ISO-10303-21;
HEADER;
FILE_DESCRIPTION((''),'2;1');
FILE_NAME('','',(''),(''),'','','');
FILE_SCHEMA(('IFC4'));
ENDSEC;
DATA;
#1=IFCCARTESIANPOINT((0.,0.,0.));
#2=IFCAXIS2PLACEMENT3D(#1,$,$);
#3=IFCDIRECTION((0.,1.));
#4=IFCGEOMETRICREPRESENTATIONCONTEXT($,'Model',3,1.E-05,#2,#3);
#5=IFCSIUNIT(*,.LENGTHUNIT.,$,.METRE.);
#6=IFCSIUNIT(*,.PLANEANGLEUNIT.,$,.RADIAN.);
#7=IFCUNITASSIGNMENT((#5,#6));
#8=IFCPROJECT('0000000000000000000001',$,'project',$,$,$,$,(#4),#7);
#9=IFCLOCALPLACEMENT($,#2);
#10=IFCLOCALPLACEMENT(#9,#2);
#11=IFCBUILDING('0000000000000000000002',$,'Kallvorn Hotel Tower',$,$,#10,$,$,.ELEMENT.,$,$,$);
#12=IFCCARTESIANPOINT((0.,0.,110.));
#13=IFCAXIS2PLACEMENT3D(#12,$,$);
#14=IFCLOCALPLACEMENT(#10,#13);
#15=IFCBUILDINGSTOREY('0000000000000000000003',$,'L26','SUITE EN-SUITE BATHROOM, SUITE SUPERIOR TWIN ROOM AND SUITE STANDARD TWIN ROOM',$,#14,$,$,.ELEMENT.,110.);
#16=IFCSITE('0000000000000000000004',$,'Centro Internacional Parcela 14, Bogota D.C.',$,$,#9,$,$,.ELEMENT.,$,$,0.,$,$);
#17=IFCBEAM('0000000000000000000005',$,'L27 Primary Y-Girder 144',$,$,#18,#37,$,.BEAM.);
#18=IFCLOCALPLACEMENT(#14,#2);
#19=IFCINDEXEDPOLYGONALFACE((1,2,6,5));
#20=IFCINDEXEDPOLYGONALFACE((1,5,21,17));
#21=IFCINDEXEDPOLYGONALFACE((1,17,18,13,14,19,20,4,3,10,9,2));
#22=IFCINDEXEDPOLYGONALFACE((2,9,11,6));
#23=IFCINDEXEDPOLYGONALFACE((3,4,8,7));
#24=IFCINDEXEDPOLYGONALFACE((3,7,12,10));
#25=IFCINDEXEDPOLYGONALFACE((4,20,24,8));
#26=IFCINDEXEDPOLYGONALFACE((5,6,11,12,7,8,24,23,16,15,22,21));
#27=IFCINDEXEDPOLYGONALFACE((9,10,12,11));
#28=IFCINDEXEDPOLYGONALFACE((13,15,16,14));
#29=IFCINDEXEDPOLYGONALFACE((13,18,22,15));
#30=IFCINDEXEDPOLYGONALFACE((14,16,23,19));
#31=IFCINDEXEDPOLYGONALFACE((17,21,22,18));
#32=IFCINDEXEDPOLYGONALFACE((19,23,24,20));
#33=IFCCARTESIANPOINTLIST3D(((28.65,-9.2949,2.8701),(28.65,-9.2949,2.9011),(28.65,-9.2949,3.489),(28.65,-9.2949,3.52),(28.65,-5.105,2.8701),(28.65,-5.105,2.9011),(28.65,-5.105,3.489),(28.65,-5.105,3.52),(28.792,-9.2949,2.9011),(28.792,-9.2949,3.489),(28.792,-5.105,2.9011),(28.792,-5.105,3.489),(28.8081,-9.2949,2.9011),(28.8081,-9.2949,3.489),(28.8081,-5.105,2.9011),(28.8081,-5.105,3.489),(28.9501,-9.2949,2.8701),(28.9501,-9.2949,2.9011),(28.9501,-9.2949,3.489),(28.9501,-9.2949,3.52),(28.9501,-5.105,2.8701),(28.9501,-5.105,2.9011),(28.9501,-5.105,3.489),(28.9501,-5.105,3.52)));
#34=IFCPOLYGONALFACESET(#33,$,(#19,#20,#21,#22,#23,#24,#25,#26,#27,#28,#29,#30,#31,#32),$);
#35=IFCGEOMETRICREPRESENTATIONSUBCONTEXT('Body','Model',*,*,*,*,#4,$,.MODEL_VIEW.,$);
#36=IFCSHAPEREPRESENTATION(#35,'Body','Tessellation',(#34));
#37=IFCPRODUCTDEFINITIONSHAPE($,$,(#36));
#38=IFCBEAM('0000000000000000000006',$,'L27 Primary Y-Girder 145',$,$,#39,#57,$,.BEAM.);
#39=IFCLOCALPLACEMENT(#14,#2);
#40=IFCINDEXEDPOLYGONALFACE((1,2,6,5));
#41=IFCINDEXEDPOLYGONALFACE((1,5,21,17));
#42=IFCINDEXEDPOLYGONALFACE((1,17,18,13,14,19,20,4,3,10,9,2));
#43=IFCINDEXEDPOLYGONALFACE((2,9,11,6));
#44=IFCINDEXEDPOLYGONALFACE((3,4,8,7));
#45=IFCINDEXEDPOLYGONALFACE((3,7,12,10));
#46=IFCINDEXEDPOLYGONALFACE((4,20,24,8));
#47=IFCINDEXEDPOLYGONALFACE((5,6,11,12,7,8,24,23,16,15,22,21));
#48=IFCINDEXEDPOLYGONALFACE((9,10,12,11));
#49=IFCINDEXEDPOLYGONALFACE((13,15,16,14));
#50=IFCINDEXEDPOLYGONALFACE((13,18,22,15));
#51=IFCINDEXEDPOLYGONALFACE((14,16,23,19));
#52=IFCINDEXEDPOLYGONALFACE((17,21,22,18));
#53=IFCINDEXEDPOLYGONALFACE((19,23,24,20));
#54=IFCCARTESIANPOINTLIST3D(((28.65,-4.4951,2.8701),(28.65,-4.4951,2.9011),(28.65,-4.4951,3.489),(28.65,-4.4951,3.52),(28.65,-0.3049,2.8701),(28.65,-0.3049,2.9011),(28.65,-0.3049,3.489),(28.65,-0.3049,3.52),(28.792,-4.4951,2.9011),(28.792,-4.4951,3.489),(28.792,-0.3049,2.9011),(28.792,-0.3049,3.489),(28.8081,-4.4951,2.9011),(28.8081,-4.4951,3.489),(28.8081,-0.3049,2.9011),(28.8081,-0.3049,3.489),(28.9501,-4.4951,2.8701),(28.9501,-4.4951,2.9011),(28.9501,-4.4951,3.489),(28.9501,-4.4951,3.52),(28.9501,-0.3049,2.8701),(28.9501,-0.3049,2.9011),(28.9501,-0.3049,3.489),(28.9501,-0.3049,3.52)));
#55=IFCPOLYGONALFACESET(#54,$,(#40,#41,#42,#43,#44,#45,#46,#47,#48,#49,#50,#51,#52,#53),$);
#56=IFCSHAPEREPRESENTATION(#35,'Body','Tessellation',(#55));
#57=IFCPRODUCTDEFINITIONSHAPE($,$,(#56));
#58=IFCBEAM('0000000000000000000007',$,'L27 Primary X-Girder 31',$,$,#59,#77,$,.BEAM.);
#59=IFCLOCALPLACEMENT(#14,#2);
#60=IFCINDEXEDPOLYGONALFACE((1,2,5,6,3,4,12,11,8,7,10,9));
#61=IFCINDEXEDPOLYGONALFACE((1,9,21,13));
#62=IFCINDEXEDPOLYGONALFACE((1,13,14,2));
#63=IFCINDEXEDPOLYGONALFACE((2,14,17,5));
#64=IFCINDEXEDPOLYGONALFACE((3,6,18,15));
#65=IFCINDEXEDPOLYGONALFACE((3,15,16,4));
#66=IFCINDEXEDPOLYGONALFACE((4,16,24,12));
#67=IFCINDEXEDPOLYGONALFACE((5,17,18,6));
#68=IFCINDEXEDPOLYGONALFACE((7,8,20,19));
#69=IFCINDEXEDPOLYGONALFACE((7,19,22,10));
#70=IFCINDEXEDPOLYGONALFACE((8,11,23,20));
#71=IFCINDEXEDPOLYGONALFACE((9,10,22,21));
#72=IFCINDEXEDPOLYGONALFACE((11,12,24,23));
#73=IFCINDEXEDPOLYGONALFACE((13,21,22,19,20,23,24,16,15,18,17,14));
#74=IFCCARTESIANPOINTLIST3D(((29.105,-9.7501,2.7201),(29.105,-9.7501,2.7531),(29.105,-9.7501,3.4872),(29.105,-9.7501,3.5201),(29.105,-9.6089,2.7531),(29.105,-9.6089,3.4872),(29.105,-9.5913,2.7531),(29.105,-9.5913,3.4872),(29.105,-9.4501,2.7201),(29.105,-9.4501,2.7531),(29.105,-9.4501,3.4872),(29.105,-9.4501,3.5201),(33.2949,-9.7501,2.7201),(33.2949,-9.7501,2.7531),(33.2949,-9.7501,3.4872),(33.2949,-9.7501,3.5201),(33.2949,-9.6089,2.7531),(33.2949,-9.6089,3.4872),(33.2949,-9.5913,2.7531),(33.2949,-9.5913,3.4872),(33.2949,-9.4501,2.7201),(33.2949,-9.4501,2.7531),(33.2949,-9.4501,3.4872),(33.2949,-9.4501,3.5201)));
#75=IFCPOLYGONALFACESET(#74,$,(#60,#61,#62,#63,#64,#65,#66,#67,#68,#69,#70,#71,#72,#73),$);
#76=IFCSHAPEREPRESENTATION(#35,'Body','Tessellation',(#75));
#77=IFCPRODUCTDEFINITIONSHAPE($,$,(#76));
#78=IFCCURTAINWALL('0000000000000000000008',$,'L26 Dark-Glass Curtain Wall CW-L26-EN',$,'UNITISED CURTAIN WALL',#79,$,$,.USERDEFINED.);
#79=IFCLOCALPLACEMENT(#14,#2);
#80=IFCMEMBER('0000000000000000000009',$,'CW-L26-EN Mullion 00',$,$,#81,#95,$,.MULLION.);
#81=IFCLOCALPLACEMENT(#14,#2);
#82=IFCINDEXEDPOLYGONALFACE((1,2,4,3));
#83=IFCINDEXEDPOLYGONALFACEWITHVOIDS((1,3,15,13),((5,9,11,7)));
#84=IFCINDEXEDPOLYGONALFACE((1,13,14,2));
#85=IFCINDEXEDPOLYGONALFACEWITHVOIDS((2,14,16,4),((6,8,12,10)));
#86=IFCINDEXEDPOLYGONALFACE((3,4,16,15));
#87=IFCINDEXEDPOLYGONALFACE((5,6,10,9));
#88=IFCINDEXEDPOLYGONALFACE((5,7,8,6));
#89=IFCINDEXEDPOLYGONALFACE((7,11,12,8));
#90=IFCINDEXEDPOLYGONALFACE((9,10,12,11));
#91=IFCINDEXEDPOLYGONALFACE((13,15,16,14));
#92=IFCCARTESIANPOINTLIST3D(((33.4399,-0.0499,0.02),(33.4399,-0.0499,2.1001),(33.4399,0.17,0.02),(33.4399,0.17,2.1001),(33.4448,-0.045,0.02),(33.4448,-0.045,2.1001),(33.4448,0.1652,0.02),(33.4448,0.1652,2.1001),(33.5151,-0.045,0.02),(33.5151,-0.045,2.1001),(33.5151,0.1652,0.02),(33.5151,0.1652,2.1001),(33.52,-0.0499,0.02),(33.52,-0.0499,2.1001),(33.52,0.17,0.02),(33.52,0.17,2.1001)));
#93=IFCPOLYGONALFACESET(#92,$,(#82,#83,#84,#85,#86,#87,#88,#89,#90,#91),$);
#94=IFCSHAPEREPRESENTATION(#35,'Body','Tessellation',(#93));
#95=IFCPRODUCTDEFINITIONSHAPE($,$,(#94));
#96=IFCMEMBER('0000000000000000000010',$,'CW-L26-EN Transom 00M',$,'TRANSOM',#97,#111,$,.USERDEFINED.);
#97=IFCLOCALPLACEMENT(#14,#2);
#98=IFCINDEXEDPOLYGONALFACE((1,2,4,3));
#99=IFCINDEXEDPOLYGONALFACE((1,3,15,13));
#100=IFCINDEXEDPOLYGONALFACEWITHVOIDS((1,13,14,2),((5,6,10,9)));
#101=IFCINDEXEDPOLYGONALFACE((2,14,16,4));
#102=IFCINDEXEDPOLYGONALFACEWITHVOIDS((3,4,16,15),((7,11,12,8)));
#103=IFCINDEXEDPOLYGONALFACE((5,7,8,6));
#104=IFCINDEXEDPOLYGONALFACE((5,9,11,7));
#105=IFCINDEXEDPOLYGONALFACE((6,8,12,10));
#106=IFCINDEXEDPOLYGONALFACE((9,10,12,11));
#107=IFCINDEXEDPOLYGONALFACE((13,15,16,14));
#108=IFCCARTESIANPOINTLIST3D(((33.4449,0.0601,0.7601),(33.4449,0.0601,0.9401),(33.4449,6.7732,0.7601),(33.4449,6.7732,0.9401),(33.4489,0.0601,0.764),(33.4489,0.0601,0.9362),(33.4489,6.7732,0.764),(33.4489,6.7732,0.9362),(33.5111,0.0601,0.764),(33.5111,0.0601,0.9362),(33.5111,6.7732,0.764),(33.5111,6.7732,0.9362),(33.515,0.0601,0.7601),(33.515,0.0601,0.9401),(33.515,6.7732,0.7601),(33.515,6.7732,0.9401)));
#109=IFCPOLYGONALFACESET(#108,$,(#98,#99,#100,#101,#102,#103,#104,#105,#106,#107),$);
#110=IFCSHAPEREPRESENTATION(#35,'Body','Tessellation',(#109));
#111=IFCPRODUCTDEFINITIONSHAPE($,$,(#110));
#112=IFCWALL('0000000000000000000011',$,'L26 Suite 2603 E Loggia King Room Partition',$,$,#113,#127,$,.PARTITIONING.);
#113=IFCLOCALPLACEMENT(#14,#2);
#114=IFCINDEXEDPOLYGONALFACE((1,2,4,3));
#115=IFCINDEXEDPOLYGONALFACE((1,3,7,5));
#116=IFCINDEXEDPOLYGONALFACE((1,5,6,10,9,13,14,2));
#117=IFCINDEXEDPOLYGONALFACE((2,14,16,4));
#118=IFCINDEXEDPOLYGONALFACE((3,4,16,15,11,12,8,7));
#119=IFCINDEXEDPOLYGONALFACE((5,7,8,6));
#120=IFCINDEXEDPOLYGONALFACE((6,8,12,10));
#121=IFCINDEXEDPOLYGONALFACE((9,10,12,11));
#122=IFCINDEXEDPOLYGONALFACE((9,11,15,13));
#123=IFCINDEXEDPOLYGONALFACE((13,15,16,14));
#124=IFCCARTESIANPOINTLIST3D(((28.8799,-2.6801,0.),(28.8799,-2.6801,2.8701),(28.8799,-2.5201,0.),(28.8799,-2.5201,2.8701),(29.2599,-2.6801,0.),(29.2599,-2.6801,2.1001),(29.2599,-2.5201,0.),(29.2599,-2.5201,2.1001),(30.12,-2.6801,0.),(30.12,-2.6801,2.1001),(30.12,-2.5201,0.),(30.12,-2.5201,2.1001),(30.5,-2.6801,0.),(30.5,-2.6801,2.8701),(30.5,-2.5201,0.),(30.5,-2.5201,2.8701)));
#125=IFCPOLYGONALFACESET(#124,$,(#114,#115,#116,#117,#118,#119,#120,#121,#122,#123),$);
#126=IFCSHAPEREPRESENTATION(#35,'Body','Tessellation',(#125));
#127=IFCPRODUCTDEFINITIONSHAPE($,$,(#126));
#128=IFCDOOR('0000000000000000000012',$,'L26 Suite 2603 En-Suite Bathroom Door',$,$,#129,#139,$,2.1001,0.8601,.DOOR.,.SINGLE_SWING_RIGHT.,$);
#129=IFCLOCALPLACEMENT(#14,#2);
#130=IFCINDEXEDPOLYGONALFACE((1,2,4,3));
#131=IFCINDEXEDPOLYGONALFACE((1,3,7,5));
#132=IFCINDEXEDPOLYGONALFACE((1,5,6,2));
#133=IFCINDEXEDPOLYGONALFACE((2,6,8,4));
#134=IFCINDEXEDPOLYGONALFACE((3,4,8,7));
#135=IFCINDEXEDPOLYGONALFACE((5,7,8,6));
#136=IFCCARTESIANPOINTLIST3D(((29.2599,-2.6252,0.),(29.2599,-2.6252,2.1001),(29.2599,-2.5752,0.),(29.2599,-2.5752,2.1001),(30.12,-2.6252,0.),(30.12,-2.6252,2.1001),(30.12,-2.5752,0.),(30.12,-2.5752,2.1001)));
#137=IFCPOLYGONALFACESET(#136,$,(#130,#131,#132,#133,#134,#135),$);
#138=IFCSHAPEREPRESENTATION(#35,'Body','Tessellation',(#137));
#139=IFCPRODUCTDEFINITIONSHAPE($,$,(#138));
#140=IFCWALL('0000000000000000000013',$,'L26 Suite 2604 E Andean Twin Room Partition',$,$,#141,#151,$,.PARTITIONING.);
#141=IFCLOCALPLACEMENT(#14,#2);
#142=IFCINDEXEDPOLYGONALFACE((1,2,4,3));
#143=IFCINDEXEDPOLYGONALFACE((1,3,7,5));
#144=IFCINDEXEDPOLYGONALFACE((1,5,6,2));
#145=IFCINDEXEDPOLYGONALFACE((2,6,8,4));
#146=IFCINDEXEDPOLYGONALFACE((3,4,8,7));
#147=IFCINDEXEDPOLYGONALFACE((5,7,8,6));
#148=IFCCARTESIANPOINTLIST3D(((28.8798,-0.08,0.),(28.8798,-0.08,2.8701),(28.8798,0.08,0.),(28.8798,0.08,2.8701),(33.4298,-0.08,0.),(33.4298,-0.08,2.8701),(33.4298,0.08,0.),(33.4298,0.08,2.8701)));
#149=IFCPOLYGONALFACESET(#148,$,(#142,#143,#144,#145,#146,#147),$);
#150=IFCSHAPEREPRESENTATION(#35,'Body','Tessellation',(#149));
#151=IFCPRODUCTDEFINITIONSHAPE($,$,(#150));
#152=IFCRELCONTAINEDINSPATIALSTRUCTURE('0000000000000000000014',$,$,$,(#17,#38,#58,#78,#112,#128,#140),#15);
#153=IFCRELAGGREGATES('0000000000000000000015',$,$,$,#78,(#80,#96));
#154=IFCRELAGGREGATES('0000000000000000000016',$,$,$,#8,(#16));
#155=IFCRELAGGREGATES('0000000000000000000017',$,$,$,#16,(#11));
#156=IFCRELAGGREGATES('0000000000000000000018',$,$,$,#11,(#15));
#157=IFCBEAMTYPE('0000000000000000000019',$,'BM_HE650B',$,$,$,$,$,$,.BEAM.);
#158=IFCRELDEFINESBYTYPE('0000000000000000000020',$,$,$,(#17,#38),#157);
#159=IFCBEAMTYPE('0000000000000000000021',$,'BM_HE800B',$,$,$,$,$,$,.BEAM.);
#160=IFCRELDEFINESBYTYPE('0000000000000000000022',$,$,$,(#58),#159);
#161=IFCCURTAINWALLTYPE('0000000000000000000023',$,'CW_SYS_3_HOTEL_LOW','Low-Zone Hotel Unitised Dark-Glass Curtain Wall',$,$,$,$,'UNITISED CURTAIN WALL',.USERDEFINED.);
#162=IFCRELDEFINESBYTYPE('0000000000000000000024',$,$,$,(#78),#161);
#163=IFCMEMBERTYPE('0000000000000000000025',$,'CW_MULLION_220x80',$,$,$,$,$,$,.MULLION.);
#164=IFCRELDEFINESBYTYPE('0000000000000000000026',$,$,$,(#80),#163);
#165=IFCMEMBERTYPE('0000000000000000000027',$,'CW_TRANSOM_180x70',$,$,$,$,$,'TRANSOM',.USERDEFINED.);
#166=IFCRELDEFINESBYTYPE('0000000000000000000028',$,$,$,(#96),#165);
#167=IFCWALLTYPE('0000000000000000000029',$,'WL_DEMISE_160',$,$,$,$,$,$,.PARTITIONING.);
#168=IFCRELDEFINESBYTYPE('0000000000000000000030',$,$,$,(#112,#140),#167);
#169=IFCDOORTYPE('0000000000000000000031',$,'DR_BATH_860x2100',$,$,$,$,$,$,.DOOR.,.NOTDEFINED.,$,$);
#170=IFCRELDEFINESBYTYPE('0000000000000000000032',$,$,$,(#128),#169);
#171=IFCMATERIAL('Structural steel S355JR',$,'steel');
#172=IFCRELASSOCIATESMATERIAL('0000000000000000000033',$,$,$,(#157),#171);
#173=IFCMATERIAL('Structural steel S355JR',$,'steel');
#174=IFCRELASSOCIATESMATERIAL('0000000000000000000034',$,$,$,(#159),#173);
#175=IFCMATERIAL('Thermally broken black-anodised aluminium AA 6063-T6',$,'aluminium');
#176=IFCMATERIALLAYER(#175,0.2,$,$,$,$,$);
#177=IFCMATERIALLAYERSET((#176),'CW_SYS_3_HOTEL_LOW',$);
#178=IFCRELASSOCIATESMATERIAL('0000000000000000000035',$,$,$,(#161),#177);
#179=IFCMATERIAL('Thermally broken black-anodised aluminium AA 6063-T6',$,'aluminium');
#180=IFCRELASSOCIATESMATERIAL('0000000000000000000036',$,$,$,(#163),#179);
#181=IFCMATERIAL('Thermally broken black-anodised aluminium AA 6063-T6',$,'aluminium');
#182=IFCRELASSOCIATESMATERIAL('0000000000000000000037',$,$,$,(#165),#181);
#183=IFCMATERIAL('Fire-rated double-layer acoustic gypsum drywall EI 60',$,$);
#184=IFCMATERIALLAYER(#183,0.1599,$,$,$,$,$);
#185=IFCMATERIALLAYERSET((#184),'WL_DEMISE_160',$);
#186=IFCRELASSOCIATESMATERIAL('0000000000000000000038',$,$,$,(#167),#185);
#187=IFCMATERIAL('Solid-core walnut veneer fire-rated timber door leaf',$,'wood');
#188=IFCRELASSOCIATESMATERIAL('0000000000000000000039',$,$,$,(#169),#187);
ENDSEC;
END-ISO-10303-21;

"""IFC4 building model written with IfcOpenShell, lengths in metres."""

from ifc_helpers import new_model, si_unit, direction, frame, frame_2d, origin, origin_2d, place, context, subcontext, project, spatial, rectangle, hollow_rectangle, i_section, extrude, material, layer, layer_set, material_profile, profile_set, type_object, element, fill, aggregate, save


model = new_model("IFC4")

# Units and contexts
model_context = context("Model", 3, precision=1e-05, world=origin(), true_north=direction((0.0, 1.0)))
body_context = subcontext(model_context, "Body", "Model", "MODEL_VIEW")
ifc_project = project(units=[si_unit("LENGTHUNIT", "METRE"), si_unit("PLANEANGLEUNIT", "RADIAN")], contexts=[model_context])

# Site, building, storey
site_placement = place(None, origin())
site = spatial("IfcSite", under=ifc_project, at=site_placement, Name="Centro Internacional Parcela 14, Bogota D.C.", CompositionType="ELEMENT", RefElevation=0.0)
building_placement = place(site_placement, origin())
building = spatial("IfcBuilding", under=site, at=building_placement, Name="Kallvorn Hotel Tower", CompositionType="ELEMENT")
storey_placement = place(building_placement, frame((0.0, 0.0, 110.0)))
storey = spatial("IfcBuildingStorey", under=building, at=storey_placement, Name="L26", Description="SUITE EN-SUITE BATHROOM, SUITE SUPERIOR TWIN ROOM AND SUITE STANDARD TWIN ROOM", CompositionType="ELEMENT", Elevation=110.0)

# Beams
ifc_material_1 = material(Name="Structural steel S355JR", Category="steel")
ifc_material_profile_1 = material_profile(ifc_material_1, i_section(OverallWidth=0.3, OverallDepth=0.6499, WebThickness=0.0161, FlangeThickness=0.031, at=origin_2d()), Name="HE 650 B")
ifc_profile_set_1 = profile_set([ifc_material_profile_1], Name="Structural steel S355JR")
beam_type_1 = type_object("IfcBeamType", Name="BM_HE650B", PredefinedType="BEAM", material=ifc_profile_set_1)
beam_1_placement = place(storey_placement, frame((28.8, -9.2949, 3.1951), z_axis=(0.0, 1.0, 0.0), x_axis=(-1.0, 0.0, 0.0)))
element("IfcBeam", 1, at=beam_1_placement, inside=storey, type_object=beam_type_1, Name="L27 Primary Y-Girder 144", PredefinedType="BEAM", context=body_context, shape_type="SweptSolid", body=[
    extrude(i_section(OverallWidth=0.3, OverallDepth=0.6499, WebThickness=0.0161, FlangeThickness=0.031, at=origin_2d()), origin(), (0.0, 0.0, 1.0), 4.1899),
])
beam_2_placement = place(storey_placement, frame((28.8, -4.4951, 3.1951), z_axis=(0.0, 1.0, 0.0), x_axis=(-1.0, 0.0, 0.0)))
element("IfcBeam", 2, at=beam_2_placement, inside=storey, type_object=beam_type_1, Name="L27 Primary Y-Girder 145", PredefinedType="BEAM", context=body_context, shape_type="SweptSolid", body=[
    extrude(i_section(OverallWidth=0.3, OverallDepth=0.6499, WebThickness=0.0161, FlangeThickness=0.031, at=origin_2d()), origin(), (0.0, 0.0, 1.0), 4.1902),
])
ifc_material_2 = material(Name="Structural steel S355JR", Category="steel")
ifc_material_profile_2 = material_profile(ifc_material_2, i_section(OverallWidth=0.3, OverallDepth=0.8, WebThickness=0.0176, FlangeThickness=0.033, at=origin_2d()), Name="HE 800 B")
ifc_profile_set_2 = profile_set([ifc_material_profile_2], Name="Structural steel S355JR")
beam_type_2 = type_object("IfcBeamType", Name="BM_HE800B", PredefinedType="BEAM", material=ifc_profile_set_2)
beam_3_placement = place(storey_placement, frame((29.105, -9.6001, 3.1201), z_axis=(1.0, 0.0, 0.0), x_axis=(0.0, 1.0, 0.0)))
element("IfcBeam", 3, at=beam_3_placement, inside=storey, type_object=beam_type_2, Name="L27 Primary X-Girder 31", PredefinedType="BEAM", context=body_context, shape_type="SweptSolid", body=[
    extrude(i_section(OverallWidth=0.3, OverallDepth=0.8, WebThickness=0.0176, FlangeThickness=0.033, at=origin_2d()), origin(), (0.0, 0.0, 1.0), 4.1899),
])

# Curtain wall, members
ifc_material_3 = material(Name="Thermally broken black-anodised aluminium AA 6063-T6", Category="aluminium")
ifc_layer_1 = layer(ifc_material_3, 0.2)
ifc_layer_set_1 = layer_set([ifc_layer_1], Name="CW_SYS_3_HOTEL_LOW")
curtain_wall_type = type_object("IfcCurtainWallType", Name="CW_SYS_3_HOTEL_LOW", Description="Low-Zone Hotel Unitised Dark-Glass Curtain Wall", ElementType="UNITISED CURTAIN WALL", PredefinedType="USERDEFINED", material=ifc_layer_set_1)
curtain_wall_placement = place(storey_placement, origin())
curtain_wall = element("IfcCurtainWall", 4, at=curtain_wall_placement, inside=storey, type_object=curtain_wall_type, Name="L26 Dark-Glass Curtain Wall CW-L26-EN", ObjectType="UNITISED CURTAIN WALL", PredefinedType="USERDEFINED")
ifc_material_4 = material(Name="Thermally broken black-anodised aluminium AA 6063-T6", Category="aluminium")
ifc_material_profile_3 = material_profile(ifc_material_4, hollow_rectangle(XDim=0.0801, YDim=0.22, WallThickness=0.0049, at=origin_2d()), Name="MUL 220x80")
ifc_profile_set_3 = profile_set([ifc_material_profile_3], Name="Thermally broken black-anodised aluminium AA 6063-T6")
member_type_1 = type_object("IfcMemberType", Name="CW_MULLION_220x80", PredefinedType="MULLION", material=ifc_profile_set_3)
member_1_placement = place(storey_placement, frame((33.48, 0.0601, 0.02), z_axis=(0.0, 0.0, 1.0), x_axis=(1.0, 0.0, 0.0)))
member_1 = element("IfcMember", 5, at=member_1_placement, type_object=member_type_1, Name="CW-L26-EN Mullion 00", PredefinedType="MULLION", context=body_context, shape_type="SweptSolid", body=[
    extrude(hollow_rectangle(XDim=0.0801, YDim=0.22, WallThickness=0.0049, at=origin_2d()), origin(), (0.0, 0.0, 1.0), 2.0801),
])
ifc_material_5 = material(Name="Thermally broken black-anodised aluminium AA 6063-T6", Category="aluminium")
ifc_material_profile_4 = material_profile(ifc_material_5, hollow_rectangle(XDim=0.0701, YDim=0.1799, WallThickness=0.0039, at=origin_2d()), Name="TRN 180x70")
ifc_profile_set_4 = profile_set([ifc_material_profile_4], Name="Thermally broken black-anodised aluminium AA 6063-T6")
member_type_2 = type_object("IfcMemberType", Name="CW_TRANSOM_180x70", ElementType="TRANSOM", PredefinedType="USERDEFINED", material=ifc_profile_set_4)
member_2_placement = place(storey_placement, frame((33.48, 0.0601, 0.8501), z_axis=(0.0, 1.0, 0.0), x_axis=(-1.0, 0.0, 0.0)))
member_2 = element("IfcMember", 6, at=member_2_placement, type_object=member_type_2, Name="CW-L26-EN Transom 00M", ObjectType="TRANSOM", PredefinedType="USERDEFINED", context=body_context, shape_type="SweptSolid", body=[
    extrude(hollow_rectangle(XDim=0.0701, YDim=0.1799, WallThickness=0.0039, at=origin_2d()), origin(), (0.0, 0.0, 1.0), 6.7131),
])
aggregate(curtain_wall, [member_1, member_2])

# Wall, opening, door
ifc_material_6 = material(Name="Fire-rated double-layer acoustic gypsum drywall EI 60")
ifc_layer_2 = layer(ifc_material_6, 0.1599)
ifc_layer_set_2 = layer_set([ifc_layer_2], Name="WL_DEMISE_160")
wall_type = type_object("IfcWallType", Name="WL_DEMISE_160", PredefinedType="PARTITIONING", material=ifc_layer_set_2)
wall_1_placement = place(storey_placement, frame((28.8799, -2.6001, 0.0), z_axis=(0.0, 0.0, 1.0), x_axis=(1.0, 0.0, 0.0)))
wall_1 = element("IfcWall", 7, at=wall_1_placement, inside=storey, type_object=wall_type, Name="L26 Suite 2603 E Loggia King Room Partition", PredefinedType="PARTITIONING", context=body_context, shape_type="SweptSolid", body=[
    extrude(rectangle(XDim=1.6201, YDim=0.1599, at=frame_2d((0.8101, 0.0))), origin(), (0.0, 0.0, 1.0), 2.8701),
])
opening_1_placement = place(wall_1_placement, frame((0.3799, 0.0, 0.0)))
opening_1 = element("IfcOpeningElement", 8, at=opening_1_placement, cuts=wall_1, PredefinedType="OPENING", context=body_context, shape_type="SweptSolid", body=[
    extrude(rectangle(XDim=0.8601, YDim=2.1001, at=frame_2d((0.4302, 1.05))), frame((0.0, 0.095, 0.0), z_axis=(0.0, -1.0, 0.0), x_axis=(1.0, 0.0, 0.0)), (0.0, 0.0, 1.0), 0.1899),
])
ifc_material_7 = material(Name="Solid-core walnut veneer fire-rated timber door leaf", Category="wood")
door_type_1 = type_object("IfcDoorType", Name="DR_BATH_860x2100", OperationType="NOTDEFINED", PredefinedType="DOOR", material=ifc_material_7)
door_1_placement = place(opening_1_placement, origin())
door_1 = element("IfcDoor", 9, at=door_1_placement, inside=storey, type_object=door_type_1, Name="L26 Suite 2603 En-Suite Bathroom Door", OperationType="SINGLE_SWING_RIGHT", OverallHeight=2.1001, OverallWidth=0.8601, PredefinedType="DOOR", context=body_context, shape_type="SweptSolid", body=[
    extrude(rectangle(XDim=0.8601, YDim=2.1001, at=frame_2d((0.4302, 1.05))), frame((0.0, 0.0249, 0.0), z_axis=(0.0, -1.0, 0.0), x_axis=(1.0, 0.0, 0.0)), (0.0, 0.0, 1.0), 0.05),
])
fill(opening_1, door_1)

# Wall
wall_2_placement = place(storey_placement, frame((28.8799, 0.0, 0.0), z_axis=(0.0, 0.0, 1.0), x_axis=(1.0, 0.0, 0.0)))
element("IfcWall", 10, at=wall_2_placement, inside=storey, type_object=wall_type, Name="L26 Suite 2604 E Andean Twin Room Partition", PredefinedType="PARTITIONING", context=body_context, shape_type="SweptSolid", body=[
    extrude(rectangle(XDim=4.55, YDim=0.1599, at=frame_2d((2.2749, 0.0))), origin(), (0.0, 0.0, 1.0), 2.8701),
])

save(model, "model.ifc")
